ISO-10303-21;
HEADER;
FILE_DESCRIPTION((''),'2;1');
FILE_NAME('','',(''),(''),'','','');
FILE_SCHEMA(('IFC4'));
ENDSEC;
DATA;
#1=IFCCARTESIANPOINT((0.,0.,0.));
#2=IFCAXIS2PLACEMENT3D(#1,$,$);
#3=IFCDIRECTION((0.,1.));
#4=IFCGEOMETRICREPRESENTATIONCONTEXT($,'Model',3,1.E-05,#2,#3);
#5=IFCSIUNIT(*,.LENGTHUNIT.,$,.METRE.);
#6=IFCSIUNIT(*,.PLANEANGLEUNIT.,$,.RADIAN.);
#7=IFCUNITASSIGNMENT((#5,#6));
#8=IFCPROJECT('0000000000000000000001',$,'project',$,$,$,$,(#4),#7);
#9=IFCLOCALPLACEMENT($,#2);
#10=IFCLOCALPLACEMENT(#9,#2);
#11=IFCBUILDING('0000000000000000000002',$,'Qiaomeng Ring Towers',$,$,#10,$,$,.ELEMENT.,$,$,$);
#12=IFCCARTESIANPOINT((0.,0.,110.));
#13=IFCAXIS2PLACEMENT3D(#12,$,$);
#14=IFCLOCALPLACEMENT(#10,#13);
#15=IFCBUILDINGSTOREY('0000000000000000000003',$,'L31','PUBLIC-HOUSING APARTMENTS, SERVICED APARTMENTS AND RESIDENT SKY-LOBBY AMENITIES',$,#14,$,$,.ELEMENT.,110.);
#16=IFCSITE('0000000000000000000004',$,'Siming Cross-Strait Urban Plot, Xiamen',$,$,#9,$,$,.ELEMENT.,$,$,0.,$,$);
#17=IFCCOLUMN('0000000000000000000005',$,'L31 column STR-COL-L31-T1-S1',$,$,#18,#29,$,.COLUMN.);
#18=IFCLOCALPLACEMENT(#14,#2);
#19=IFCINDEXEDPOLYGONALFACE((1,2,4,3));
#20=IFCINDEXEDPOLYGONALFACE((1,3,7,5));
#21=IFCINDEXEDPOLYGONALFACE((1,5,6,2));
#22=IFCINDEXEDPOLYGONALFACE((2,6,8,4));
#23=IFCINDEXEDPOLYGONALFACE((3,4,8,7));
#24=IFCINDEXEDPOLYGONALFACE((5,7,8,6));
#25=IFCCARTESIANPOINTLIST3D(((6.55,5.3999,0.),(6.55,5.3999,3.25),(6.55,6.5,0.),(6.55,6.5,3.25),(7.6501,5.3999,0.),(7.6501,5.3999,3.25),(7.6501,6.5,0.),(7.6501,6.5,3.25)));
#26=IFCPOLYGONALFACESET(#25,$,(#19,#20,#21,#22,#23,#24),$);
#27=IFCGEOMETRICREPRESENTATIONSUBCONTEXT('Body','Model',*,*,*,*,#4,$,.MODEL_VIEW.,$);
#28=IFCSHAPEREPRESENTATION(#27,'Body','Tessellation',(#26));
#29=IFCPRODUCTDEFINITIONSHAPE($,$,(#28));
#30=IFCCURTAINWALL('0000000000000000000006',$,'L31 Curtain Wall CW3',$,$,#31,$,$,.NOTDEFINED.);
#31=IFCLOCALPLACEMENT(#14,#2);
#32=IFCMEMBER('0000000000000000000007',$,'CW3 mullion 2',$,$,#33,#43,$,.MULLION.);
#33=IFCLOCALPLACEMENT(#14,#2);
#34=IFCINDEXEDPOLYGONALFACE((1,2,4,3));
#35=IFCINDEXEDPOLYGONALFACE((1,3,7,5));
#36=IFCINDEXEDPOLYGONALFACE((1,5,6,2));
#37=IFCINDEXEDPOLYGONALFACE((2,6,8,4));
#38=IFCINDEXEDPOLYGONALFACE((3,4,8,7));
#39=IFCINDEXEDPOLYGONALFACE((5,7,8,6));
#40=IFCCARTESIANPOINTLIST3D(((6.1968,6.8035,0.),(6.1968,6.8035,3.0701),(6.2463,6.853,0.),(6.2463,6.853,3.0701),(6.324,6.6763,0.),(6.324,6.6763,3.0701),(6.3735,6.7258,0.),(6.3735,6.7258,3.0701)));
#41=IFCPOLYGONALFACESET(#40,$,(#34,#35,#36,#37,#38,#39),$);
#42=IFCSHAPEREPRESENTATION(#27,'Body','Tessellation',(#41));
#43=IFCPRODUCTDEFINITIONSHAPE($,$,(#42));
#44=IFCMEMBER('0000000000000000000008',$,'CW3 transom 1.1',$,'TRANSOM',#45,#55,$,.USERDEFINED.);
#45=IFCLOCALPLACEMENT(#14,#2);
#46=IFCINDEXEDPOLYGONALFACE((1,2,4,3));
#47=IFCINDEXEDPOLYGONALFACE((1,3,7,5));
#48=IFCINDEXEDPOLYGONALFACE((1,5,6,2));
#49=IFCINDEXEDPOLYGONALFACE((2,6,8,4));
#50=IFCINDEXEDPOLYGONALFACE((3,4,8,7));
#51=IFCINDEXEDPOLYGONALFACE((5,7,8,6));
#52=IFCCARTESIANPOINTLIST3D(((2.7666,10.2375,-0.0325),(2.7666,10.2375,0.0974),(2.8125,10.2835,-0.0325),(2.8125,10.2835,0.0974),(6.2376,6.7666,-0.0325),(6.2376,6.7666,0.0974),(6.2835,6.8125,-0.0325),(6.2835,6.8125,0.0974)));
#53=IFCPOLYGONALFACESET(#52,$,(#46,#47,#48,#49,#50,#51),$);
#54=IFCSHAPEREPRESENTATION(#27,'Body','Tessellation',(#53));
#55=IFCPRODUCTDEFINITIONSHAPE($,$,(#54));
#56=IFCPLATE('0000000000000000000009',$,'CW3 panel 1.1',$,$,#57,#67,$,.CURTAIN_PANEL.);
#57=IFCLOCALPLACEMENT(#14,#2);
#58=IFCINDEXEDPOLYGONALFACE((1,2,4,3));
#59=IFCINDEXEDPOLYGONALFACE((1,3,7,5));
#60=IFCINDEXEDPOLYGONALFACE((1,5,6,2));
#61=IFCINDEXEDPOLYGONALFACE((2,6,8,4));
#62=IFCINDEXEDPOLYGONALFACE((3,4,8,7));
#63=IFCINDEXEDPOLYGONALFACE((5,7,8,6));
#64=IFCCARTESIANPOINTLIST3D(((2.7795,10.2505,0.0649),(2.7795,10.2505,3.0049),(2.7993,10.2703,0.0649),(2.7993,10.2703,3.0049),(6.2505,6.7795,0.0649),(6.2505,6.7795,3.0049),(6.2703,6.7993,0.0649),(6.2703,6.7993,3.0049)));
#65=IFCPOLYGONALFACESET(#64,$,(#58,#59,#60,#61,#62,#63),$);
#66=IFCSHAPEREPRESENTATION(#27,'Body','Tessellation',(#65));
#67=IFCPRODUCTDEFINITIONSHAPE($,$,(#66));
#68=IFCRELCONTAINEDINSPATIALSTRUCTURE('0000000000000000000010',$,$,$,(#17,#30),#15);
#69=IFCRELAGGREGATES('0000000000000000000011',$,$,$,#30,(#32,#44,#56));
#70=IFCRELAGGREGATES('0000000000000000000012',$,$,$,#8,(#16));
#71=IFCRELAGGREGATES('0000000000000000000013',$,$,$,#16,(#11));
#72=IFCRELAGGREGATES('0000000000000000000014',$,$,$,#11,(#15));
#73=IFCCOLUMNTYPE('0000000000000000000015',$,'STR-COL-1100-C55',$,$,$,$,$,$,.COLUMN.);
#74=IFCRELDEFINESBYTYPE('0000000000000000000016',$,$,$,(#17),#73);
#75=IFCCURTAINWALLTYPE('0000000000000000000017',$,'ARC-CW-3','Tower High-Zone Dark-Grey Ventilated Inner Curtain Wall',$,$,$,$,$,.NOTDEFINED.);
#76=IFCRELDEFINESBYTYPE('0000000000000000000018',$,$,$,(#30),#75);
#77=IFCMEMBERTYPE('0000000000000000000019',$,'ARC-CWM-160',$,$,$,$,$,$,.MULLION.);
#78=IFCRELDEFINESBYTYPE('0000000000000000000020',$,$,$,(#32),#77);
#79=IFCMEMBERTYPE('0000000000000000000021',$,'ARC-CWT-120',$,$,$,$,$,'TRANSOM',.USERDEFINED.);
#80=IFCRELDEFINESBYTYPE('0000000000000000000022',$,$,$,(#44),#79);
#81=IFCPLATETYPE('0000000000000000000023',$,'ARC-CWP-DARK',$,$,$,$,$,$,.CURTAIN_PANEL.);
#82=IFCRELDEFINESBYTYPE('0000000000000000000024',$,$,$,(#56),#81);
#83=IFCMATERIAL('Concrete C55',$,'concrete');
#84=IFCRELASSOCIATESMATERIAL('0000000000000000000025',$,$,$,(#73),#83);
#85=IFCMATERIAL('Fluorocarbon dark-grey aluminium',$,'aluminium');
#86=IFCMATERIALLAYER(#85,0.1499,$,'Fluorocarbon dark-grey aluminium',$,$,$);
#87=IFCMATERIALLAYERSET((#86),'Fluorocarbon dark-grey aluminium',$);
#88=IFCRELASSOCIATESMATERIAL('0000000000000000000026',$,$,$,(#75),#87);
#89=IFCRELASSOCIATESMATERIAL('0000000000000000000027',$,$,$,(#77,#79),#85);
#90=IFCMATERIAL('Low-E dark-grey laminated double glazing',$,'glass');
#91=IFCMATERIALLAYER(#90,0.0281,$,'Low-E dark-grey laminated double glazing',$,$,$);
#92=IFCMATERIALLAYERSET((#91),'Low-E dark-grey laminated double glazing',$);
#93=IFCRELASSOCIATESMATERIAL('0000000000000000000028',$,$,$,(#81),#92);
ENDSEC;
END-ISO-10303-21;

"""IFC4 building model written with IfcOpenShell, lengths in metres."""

from ifc_helpers import new_model, si_unit, direction, frame, origin, origin_2d, place, context, subcontext, project, spatial, rectangle, extrude, source, transform, mapped, material, layer, layer_set, material_profile, profile_set, type_object, element, aggregate, save


model = new_model("IFC4")

# Units and contexts
model_context = context("Model", 3, precision=1e-05, world=origin(), true_north=direction((0.0, 1.0)))
body_context = subcontext(model_context, "Body", "Model", "MODEL_VIEW")
ifc_project = project(units=[si_unit("LENGTHUNIT", "METRE"), si_unit("PLANEANGLEUNIT", "RADIAN")], contexts=[model_context])

# Site, building, storey
site_placement = place(None, origin())
site = spatial("IfcSite", under=ifc_project, at=site_placement, Name="Siming Cross-Strait Urban Plot, Xiamen", CompositionType="ELEMENT", RefElevation=0.0)
building_placement = place(site_placement, origin())
building = spatial("IfcBuilding", under=site, at=building_placement, Name="Qiaomeng Ring Towers", CompositionType="ELEMENT")
storey_placement = place(building_placement, frame((0.0, 0.0, 110.0)))
storey = spatial("IfcBuildingStorey", under=building, at=storey_placement, Name="L31", Description="PUBLIC-HOUSING APARTMENTS, SERVICED APARTMENTS AND RESIDENT SKY-LOBBY AMENITIES", CompositionType="ELEMENT", Elevation=110.0)

# Column
ifc_material_1 = material(Name="Concrete C55", Category="concrete")
ifc_material_profile_1 = material_profile(ifc_material_1, rectangle(XDim=1.1001, YDim=1.1001, at=origin_2d()), Name="RC COL 1100x1100")
ifc_profile_set_1 = profile_set([ifc_material_profile_1], Name="Concrete C55")
column_type = type_object("IfcColumnType", Name="STR-COL-1100-C55", PredefinedType="COLUMN", material=ifc_profile_set_1)
shared_shape_1 = source(origin(), body_context, "Body", "SweptSolid", [
    extrude(rectangle(XDim=1.1001, YDim=1.1001, at=origin_2d()), origin(), (0.0, 0.0, 1.0), 3.25),
])
column_placement = place(storey_placement, frame((7.1001, 5.95, 0.0), z_axis=(0.0, 0.0, 1.0), x_axis=(1.0, 0.0, 0.0)))
element("IfcColumn", 1, at=column_placement, inside=storey, type_object=column_type, Name="L31 column STR-COL-L31-T1-S1", PredefinedType="COLUMN", context=body_context, shape_type="MappedRepresentation", body=[
    mapped(shared_shape_1, transform((0.0, 0.0, 0.0), x_axis=(1.0, 0.0, 0.0), y_axis=(0.0, 1.0, 0.0), z_axis=(0.0, 0.0, 1.0), scale=1.0)),
])

# Curtain wall, members, plate
ifc_material_2 = material(Name="Fluorocarbon dark-grey aluminium", Category="aluminium")
ifc_layer_1 = layer(ifc_material_2, 0.1499, Name="Fluorocarbon dark-grey aluminium")
ifc_layer_set_1 = layer_set([ifc_layer_1], Name="Fluorocarbon dark-grey aluminium")
curtain_wall_type = type_object("IfcCurtainWallType", Name="ARC-CW-3", Description="Tower High-Zone Dark-Grey Ventilated Inner Curtain Wall", PredefinedType="NOTDEFINED", material=ifc_layer_set_1)
curtain_wall_placement = place(storey_placement, origin())
curtain_wall = element("IfcCurtainWall", 2, at=curtain_wall_placement, inside=storey, type_object=curtain_wall_type, Name="L31 Curtain Wall CW3", PredefinedType="NOTDEFINED")
ifc_material_profile_2 = material_profile(ifc_material_2, rectangle(XDim=0.0701, YDim=0.1799, at=origin_2d()), Name="ALU MULL 70x180")
ifc_profile_set_2 = profile_set([ifc_material_profile_2], Name="Fluorocarbon dark-grey aluminium")
member_type_1 = type_object("IfcMemberType", Name="ARC-CWM-160", PredefinedType="MULLION", material=ifc_profile_set_2)
shared_shape_2 = source(origin(), body_context, "Body", "SweptSolid", [
    extrude(rectangle(XDim=0.0701, YDim=0.1799, at=origin_2d()), origin(), (0.0, 0.0, 1.0), 3.0701),
])
member_1_placement = place(storey_placement, frame((6.2852, 6.7646, 0.0), z_axis=(0.0, 0.0, 1.0), x_axis=(0.707107, 0.707107, 0.0)))
member_1 = element("IfcMember", 3, at=member_1_placement, type_object=member_type_1, Name="CW3 mullion 2", PredefinedType="MULLION", context=body_context, shape_type="MappedRepresentation", body=[
    mapped(shared_shape_2, transform((0.0, 0.0, 0.0), x_axis=(1.0, 0.0, 0.0), y_axis=(0.0, 1.0, 0.0), z_axis=(0.0, 0.0, 1.0), scale=1.0)),
])
ifc_material_profile_3 = material_profile(ifc_material_2, rectangle(XDim=0.0649, YDim=0.1299, at=origin_2d()), Name="ALU TRAN 65x130")
ifc_profile_set_3 = profile_set([ifc_material_profile_3], Name="Fluorocarbon dark-grey aluminium")
member_type_2 = type_object("IfcMemberType", Name="ARC-CWT-120", ElementType="TRANSOM", PredefinedType="USERDEFINED", material=ifc_profile_set_3)
shared_shape_3 = source(origin(), body_context, "Body", "SweptSolid", [
    extrude(rectangle(XDim=0.0649, YDim=0.1299, at=origin_2d()), origin(), (0.0, 0.0, 1.0), 4.9087),
])
member_2_placement = place(storey_placement, frame((2.7896, 10.2605, 0.0325), z_axis=(0.707107, -0.707107, 0.0), x_axis=(0.707107, 0.707107, 0.0)))
member_2 = element("IfcMember", 4, at=member_2_placement, type_object=member_type_2, Name="CW3 transom 1.1", ObjectType="TRANSOM", PredefinedType="USERDEFINED", context=body_context, shape_type="MappedRepresentation", body=[
    mapped(shared_shape_3, transform((0.0, 0.0, 0.0), x_axis=(1.0, 0.0, 0.0), y_axis=(0.0, 1.0, 0.0), z_axis=(0.0, 0.0, 1.0), scale=1.0)),
])
ifc_material_3 = material(Name="Low-E dark-grey laminated double glazing", Category="glass")
ifc_layer_2 = layer(ifc_material_3, 0.0281, Name="Low-E dark-grey laminated double glazing")
ifc_layer_set_2 = layer_set([ifc_layer_2], Name="Low-E dark-grey laminated double glazing")
plate_type = type_object("IfcPlateType", Name="ARC-CWP-DARK", PredefinedType="CURTAIN_PANEL", material=ifc_layer_set_2)
shared_shape_4 = source(origin(), body_context, "Body", "SweptSolid", [
    extrude(rectangle(XDim=4.9087, YDim=0.0281, at=origin_2d()), origin(), (0.0, 0.0, 1.0), 2.9399),
])
plate_placement = place(storey_placement, frame((4.5249, 8.5249, 0.0649), z_axis=(0.0, 0.0, 1.0), x_axis=(0.707107, -0.707107, 0.0)))
plate = element("IfcPlate", 5, at=plate_placement, type_object=plate_type, Name="CW3 panel 1.1", PredefinedType="CURTAIN_PANEL", context=body_context, shape_type="MappedRepresentation", body=[
    mapped(shared_shape_4, transform((0.0, 0.0, 0.0), x_axis=(1.0, 0.0, 0.0), y_axis=(0.0, 1.0, 0.0), z_axis=(0.0, 0.0, 1.0), scale=1.0)),
])
aggregate(curtain_wall, [member_1, member_2, plate])

save(model, "model.ifc")
